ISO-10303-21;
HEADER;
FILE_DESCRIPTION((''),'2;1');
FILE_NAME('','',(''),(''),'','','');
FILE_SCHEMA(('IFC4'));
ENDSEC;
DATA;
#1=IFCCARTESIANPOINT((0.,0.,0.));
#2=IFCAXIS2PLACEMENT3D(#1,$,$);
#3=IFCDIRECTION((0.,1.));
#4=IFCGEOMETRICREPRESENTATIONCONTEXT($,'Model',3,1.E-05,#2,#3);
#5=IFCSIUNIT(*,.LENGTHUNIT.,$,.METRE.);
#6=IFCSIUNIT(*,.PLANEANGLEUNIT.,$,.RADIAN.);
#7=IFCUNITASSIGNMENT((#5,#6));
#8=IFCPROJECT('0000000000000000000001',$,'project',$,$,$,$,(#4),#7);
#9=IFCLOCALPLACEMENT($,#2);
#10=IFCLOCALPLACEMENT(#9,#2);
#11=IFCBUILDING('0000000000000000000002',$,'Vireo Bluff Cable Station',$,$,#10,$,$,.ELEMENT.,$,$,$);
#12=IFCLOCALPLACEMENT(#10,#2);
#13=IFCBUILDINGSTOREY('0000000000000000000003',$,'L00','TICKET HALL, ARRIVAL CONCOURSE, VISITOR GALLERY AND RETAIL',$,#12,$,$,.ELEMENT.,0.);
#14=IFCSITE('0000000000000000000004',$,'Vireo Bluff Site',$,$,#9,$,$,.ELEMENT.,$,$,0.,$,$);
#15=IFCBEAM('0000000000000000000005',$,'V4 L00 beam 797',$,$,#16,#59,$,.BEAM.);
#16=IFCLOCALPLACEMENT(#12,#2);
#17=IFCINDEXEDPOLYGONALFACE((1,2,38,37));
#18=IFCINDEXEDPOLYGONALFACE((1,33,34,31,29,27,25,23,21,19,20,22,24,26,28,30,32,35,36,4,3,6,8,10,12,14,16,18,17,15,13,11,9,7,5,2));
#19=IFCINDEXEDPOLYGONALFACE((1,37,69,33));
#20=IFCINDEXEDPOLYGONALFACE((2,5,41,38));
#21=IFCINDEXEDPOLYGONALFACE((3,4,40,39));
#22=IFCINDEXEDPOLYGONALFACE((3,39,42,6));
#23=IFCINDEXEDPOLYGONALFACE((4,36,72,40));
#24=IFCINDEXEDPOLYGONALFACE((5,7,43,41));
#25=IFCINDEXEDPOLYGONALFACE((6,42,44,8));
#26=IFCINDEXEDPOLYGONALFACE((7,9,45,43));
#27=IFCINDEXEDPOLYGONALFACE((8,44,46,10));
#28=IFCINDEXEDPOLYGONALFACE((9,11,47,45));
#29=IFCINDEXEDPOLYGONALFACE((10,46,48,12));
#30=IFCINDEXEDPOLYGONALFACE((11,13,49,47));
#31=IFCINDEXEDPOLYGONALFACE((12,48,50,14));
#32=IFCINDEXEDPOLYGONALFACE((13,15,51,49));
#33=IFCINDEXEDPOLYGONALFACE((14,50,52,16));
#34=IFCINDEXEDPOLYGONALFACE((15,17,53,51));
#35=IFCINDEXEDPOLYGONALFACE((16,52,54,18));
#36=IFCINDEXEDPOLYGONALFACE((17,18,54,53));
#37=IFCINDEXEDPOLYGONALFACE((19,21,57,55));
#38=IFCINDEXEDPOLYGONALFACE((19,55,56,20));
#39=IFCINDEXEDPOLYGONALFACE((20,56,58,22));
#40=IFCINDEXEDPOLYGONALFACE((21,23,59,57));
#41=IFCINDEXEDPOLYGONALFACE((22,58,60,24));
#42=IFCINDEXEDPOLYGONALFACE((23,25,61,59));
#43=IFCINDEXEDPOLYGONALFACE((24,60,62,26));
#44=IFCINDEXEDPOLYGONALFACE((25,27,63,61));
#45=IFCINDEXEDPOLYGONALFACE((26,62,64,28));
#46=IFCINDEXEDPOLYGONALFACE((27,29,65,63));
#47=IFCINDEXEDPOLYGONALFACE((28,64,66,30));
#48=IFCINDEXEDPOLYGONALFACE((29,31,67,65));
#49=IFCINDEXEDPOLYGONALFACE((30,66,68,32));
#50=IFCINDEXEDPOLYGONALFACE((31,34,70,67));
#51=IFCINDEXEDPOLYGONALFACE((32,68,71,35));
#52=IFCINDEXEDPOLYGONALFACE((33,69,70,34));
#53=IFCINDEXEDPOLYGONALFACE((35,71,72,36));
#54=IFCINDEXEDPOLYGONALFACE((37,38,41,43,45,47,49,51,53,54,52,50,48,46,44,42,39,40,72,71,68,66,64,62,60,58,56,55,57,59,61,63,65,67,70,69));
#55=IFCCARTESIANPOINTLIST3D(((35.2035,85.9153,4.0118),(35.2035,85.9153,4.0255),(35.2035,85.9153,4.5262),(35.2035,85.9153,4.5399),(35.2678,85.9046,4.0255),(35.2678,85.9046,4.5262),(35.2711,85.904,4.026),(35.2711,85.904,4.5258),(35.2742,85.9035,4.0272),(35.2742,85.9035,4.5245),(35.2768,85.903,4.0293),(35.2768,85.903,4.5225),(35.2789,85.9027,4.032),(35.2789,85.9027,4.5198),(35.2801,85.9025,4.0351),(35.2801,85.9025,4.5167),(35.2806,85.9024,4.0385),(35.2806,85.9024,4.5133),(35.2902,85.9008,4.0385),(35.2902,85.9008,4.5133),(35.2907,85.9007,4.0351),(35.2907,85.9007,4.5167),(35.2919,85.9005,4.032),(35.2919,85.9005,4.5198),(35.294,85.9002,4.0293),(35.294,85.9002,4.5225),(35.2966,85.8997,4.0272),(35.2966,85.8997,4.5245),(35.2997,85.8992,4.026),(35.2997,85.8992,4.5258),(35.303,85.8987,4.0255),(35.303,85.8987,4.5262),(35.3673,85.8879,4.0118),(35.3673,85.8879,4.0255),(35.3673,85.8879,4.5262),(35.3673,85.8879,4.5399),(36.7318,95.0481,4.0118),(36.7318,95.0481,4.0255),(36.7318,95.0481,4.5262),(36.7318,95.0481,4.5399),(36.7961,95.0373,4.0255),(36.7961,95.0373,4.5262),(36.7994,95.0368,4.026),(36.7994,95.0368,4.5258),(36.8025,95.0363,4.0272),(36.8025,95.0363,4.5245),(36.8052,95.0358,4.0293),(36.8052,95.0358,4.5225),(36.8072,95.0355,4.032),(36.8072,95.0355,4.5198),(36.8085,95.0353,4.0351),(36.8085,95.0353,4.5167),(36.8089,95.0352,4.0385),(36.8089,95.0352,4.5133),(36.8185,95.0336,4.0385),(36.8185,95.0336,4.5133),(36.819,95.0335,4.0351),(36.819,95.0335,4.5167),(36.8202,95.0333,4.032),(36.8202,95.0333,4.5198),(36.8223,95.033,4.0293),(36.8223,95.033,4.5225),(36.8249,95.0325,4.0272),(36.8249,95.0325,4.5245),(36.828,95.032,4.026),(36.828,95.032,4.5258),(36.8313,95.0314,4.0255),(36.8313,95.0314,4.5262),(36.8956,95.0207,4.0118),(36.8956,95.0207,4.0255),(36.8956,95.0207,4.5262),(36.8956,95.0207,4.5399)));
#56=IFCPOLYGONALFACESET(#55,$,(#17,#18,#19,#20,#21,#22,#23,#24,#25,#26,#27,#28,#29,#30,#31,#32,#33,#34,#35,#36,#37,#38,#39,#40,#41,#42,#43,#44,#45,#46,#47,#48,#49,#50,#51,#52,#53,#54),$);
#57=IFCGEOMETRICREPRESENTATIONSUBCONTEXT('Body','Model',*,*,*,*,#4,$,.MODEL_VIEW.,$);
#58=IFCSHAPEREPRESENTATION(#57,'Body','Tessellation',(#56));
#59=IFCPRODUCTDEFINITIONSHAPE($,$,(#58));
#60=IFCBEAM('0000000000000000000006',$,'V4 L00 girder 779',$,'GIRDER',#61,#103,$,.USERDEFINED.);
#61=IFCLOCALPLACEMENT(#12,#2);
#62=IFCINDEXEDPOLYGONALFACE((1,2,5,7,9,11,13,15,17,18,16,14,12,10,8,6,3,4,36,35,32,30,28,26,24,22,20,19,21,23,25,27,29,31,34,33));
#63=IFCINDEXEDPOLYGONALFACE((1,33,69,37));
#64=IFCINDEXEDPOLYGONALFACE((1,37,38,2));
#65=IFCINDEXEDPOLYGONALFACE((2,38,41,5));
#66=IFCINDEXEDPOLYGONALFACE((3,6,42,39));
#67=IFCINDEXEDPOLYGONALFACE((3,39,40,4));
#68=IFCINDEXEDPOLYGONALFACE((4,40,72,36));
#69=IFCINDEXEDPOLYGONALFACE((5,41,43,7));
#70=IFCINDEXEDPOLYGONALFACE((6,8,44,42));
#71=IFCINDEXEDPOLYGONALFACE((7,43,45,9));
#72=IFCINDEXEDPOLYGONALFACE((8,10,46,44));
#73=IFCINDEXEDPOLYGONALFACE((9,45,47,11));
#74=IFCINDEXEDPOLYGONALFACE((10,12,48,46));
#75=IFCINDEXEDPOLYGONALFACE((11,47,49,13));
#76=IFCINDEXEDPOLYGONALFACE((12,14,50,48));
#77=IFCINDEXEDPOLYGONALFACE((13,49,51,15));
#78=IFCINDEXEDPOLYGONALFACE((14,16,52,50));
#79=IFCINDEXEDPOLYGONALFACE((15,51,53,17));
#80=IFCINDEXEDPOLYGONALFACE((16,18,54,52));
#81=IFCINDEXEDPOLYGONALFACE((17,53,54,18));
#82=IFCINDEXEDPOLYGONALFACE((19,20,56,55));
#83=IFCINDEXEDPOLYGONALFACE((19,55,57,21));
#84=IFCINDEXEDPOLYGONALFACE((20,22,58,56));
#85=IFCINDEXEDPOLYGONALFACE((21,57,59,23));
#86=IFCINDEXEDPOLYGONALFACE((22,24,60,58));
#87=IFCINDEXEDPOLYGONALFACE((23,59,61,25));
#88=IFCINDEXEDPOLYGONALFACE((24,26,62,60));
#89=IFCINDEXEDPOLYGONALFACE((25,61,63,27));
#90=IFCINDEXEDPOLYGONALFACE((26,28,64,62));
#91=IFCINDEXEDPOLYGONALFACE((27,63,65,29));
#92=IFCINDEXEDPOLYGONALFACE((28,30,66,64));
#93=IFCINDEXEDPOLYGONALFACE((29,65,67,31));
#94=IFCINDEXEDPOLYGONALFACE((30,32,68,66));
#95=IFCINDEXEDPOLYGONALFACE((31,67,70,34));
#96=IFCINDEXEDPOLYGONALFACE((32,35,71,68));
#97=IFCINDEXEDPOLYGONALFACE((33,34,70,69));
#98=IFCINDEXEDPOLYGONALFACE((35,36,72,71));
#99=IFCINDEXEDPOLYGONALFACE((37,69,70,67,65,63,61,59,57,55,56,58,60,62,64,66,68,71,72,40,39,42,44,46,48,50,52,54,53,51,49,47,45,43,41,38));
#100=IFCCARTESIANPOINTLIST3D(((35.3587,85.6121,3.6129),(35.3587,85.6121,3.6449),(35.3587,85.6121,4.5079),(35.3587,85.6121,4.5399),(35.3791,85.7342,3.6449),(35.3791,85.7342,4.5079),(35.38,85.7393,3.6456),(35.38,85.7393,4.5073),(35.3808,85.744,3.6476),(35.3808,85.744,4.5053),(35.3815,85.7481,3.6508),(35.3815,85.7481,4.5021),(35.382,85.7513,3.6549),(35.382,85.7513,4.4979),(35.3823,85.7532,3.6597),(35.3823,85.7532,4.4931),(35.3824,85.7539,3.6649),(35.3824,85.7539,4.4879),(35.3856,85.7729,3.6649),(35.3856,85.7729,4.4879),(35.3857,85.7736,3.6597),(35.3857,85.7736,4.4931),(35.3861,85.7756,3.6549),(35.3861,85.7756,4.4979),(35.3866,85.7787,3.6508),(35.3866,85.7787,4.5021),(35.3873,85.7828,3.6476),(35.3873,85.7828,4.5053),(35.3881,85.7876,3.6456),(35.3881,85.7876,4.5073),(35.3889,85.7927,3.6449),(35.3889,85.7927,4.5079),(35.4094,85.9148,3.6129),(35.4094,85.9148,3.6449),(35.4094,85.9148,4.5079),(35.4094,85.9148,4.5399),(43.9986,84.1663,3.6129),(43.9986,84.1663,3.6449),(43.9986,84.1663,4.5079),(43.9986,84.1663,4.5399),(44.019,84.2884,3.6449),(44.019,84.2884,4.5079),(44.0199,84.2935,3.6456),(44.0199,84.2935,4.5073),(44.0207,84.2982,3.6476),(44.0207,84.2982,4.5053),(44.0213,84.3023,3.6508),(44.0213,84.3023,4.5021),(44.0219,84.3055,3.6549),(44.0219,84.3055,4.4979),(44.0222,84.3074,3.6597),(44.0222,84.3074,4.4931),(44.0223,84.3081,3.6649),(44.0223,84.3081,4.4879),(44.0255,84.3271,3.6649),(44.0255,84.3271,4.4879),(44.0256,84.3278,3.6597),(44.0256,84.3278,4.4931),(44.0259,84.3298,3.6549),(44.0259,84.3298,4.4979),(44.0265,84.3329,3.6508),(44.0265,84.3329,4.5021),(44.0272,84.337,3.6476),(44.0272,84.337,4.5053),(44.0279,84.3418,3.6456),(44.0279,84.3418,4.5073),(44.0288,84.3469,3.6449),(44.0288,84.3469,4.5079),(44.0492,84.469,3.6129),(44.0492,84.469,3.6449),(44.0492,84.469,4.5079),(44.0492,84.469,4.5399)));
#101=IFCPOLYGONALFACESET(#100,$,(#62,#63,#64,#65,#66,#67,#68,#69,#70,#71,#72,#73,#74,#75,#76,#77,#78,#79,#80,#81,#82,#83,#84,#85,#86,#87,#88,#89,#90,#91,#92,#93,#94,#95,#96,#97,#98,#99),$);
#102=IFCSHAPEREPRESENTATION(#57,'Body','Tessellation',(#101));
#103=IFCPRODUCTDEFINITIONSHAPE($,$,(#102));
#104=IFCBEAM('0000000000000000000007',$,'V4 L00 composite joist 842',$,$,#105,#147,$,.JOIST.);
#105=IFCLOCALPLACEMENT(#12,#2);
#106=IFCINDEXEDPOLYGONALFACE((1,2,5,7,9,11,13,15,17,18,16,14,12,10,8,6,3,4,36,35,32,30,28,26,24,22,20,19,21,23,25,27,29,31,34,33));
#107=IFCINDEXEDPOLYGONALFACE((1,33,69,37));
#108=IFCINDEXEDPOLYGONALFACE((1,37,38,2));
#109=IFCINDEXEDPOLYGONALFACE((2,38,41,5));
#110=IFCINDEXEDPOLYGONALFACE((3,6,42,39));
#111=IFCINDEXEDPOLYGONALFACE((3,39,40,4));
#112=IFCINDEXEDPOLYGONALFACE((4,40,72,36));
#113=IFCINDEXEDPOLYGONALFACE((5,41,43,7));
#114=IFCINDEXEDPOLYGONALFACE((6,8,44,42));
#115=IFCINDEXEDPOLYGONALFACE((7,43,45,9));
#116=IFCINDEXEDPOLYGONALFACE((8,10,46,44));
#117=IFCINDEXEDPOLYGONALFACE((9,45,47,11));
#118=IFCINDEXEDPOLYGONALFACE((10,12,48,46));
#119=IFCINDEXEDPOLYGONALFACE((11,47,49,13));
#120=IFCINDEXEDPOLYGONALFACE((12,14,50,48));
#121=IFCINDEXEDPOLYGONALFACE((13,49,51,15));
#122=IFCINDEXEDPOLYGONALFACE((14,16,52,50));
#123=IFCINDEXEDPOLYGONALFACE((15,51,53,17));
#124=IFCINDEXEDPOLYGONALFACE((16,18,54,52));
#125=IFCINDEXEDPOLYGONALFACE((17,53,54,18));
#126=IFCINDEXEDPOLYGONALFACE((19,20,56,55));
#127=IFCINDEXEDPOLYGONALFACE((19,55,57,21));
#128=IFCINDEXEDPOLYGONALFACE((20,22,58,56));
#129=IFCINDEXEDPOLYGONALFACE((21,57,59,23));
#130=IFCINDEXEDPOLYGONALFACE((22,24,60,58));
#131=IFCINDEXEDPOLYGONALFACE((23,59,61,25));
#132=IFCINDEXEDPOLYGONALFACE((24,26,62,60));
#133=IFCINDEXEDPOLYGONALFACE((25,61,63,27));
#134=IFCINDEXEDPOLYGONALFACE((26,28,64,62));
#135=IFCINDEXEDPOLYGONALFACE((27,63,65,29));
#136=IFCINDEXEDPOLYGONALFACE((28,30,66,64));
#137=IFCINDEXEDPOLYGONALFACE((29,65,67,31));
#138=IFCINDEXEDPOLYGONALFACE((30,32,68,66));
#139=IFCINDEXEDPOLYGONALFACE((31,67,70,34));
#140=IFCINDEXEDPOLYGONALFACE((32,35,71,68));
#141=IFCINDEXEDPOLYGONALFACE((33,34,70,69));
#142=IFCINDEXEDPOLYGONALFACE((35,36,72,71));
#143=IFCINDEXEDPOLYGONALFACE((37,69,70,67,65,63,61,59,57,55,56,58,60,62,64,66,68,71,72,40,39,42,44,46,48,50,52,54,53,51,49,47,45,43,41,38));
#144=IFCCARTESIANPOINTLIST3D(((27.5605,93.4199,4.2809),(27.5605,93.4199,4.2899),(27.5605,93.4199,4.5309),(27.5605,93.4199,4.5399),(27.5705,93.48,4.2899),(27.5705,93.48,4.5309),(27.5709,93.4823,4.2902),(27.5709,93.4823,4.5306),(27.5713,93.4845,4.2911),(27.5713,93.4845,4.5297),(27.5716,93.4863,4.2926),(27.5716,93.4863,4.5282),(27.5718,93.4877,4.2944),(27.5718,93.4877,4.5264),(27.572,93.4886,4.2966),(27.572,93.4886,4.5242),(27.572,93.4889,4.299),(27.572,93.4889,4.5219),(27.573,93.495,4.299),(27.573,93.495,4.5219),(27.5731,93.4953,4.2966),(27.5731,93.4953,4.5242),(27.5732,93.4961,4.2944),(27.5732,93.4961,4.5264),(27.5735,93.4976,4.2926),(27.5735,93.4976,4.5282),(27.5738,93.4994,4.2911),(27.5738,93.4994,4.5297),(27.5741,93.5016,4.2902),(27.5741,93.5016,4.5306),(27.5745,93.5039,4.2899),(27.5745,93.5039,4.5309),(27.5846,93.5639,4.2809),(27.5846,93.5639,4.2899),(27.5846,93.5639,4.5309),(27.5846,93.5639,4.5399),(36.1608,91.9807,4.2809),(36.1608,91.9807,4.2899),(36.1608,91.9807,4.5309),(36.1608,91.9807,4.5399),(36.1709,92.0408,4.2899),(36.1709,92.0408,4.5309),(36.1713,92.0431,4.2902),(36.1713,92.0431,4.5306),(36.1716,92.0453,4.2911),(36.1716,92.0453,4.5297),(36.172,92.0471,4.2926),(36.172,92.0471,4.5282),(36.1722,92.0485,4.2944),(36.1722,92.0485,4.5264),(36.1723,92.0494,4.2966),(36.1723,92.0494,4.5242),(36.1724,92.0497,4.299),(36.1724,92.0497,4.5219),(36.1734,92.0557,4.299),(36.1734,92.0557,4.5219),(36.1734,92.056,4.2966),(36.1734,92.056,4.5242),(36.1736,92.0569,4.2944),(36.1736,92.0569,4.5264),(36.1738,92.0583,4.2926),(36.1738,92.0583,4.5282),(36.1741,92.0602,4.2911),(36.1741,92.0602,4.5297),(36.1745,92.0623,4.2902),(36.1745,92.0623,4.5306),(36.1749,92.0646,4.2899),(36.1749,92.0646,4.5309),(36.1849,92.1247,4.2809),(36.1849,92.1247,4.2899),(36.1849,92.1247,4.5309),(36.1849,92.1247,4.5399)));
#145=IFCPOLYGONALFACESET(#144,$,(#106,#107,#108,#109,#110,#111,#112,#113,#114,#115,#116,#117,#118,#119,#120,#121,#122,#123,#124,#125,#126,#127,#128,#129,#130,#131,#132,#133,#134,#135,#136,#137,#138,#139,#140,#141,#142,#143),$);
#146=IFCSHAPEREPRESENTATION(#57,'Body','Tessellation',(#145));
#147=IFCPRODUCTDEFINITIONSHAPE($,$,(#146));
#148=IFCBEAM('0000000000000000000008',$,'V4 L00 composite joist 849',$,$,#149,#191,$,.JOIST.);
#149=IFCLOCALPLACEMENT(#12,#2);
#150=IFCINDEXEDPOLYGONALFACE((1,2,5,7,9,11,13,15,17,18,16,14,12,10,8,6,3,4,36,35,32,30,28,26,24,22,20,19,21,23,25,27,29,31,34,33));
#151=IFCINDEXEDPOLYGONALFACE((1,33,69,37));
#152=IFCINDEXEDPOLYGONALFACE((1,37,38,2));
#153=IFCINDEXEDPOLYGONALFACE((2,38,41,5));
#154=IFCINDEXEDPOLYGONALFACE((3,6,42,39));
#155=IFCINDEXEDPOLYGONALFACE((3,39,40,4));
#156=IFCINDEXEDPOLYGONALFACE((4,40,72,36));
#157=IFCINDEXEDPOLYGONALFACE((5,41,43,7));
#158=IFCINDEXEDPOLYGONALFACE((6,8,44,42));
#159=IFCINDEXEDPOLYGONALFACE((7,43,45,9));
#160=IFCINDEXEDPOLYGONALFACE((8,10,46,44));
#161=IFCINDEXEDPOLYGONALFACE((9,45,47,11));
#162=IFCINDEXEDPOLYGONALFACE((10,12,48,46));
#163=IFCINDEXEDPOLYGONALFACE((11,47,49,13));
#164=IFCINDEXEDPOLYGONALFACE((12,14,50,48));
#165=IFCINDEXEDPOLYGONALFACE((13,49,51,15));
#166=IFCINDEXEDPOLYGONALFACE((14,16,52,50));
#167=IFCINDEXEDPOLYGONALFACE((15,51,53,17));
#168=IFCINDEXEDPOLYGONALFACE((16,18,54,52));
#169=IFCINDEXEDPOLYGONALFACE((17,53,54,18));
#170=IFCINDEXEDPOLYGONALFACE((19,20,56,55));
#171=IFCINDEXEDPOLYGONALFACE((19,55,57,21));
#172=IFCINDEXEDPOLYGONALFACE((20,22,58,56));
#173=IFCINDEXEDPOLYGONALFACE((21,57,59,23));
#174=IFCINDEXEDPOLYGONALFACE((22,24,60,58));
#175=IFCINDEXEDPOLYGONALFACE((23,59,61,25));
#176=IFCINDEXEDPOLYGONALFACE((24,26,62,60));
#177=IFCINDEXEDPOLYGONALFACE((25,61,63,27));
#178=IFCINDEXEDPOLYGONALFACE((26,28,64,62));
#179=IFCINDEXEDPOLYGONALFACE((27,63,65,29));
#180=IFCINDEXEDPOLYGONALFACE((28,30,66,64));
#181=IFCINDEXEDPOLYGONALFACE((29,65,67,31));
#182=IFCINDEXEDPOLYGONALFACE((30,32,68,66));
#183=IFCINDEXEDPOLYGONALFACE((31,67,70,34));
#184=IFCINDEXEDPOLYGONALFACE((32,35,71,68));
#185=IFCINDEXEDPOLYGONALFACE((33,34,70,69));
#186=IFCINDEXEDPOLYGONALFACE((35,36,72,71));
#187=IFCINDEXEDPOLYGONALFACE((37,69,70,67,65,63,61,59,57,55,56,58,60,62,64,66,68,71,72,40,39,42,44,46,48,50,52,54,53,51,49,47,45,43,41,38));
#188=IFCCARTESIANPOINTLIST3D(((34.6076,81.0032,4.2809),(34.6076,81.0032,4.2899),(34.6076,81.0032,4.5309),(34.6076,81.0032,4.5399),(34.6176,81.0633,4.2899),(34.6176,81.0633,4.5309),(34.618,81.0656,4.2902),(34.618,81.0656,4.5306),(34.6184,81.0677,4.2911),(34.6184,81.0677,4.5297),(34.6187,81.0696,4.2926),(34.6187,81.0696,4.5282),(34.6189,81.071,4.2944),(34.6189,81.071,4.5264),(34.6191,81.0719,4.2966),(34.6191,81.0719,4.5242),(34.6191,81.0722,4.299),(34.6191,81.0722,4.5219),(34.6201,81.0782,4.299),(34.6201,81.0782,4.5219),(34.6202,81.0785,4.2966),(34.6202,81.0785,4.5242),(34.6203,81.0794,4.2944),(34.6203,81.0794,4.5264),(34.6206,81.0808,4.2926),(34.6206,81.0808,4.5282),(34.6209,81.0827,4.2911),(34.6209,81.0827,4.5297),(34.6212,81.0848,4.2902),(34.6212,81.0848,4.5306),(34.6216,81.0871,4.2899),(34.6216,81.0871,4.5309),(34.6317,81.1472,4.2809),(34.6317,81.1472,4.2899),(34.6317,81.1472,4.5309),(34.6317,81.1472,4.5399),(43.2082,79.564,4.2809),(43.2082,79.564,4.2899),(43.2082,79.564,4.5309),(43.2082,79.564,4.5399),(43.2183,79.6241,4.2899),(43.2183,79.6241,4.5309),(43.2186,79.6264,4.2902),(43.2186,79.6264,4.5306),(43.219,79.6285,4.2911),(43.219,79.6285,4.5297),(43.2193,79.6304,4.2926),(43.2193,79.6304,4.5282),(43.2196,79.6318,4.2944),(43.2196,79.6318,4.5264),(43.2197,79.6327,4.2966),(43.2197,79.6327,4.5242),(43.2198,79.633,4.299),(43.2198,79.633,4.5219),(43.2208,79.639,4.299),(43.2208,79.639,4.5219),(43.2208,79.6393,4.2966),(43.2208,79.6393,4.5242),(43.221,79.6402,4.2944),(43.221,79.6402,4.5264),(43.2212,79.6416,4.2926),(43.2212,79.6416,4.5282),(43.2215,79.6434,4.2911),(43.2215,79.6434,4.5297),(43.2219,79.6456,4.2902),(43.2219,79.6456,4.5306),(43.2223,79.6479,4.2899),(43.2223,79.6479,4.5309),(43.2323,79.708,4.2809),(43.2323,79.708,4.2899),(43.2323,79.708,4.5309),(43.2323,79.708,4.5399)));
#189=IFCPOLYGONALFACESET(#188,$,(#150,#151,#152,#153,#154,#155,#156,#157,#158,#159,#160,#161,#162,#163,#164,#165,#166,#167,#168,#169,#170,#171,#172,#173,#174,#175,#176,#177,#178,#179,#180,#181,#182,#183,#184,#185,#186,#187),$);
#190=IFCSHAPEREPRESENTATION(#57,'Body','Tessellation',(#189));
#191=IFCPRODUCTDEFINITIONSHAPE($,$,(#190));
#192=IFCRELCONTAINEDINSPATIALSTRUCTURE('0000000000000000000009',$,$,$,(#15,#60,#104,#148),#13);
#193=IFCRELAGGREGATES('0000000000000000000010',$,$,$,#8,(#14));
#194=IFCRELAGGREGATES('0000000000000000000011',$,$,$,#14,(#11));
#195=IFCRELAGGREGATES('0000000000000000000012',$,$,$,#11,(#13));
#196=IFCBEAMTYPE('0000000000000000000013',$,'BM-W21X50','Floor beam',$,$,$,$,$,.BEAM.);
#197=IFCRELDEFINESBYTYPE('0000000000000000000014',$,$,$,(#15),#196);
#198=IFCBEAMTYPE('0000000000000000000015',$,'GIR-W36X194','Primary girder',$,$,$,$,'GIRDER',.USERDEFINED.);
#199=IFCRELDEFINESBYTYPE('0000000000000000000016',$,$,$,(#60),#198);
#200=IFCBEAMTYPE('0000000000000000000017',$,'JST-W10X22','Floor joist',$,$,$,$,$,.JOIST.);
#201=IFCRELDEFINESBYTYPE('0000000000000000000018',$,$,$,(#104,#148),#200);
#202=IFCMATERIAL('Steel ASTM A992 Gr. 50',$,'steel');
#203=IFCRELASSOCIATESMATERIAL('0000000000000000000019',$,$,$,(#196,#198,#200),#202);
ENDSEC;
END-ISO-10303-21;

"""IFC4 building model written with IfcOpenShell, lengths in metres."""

from ifc_helpers import new_model, si_unit, direction, frame, origin, origin_2d, place, context, subcontext, project, spatial, i_section, extrude, material, material_profile, profile_set, type_object, element, save


model = new_model("IFC4")

# Units and contexts
model_context = context("Model", 3, precision=1e-05, world=origin(), true_north=direction((0.0, 1.0)))
body_context = subcontext(model_context, "Body", "Model", "MODEL_VIEW")
ifc_project = project(units=[si_unit("LENGTHUNIT", "METRE"), si_unit("PLANEANGLEUNIT", "RADIAN")], contexts=[model_context])

# Site, building, storey
site_placement = place(None, origin())
site = spatial("IfcSite", under=ifc_project, at=site_placement, Name="Vireo Bluff Site", CompositionType="ELEMENT", RefElevation=0.0)
building_placement = place(site_placement, origin())
building = spatial("IfcBuilding", under=site, at=building_placement, Name="Vireo Bluff Cable Station", CompositionType="ELEMENT")
storey_placement = place(building_placement, origin())
storey = spatial("IfcBuildingStorey", under=building, at=storey_placement, Name="L00", Description="TICKET HALL, ARRIVAL CONCOURSE, VISITOR GALLERY AND RETAIL", CompositionType="ELEMENT", Elevation=0.0)

# Shared definitions
ifc_material_1 = material(Name="Steel ASTM A992 Gr. 50", Category="steel")

# Beams
ifc_material_profile_1 = material_profile(ifc_material_1, i_section(OverallWidth=0.166, OverallDepth=0.5281, WebThickness=0.0098, FlangeThickness=0.0137, FilletRadius=0.0129, at=origin_2d()), Name="W21X50")
ifc_profile_set_1 = profile_set([ifc_material_profile_1], Name="Steel ASTM A992 Gr. 50")
beam_type_1 = type_object("IfcBeamType", Name="BM-W21X50", Description="Floor beam", PredefinedType="BEAM", material=ifc_profile_set_1)
beam_1_placement = place(storey_placement, frame((35.2854, 85.9016, 4.2759), z_axis=(0.165049, 0.986285, 0.0), x_axis=(-0.986285, 0.165049, 0.0)))
element("IfcBeam", 1, at=beam_1_placement, inside=storey, type_object=beam_type_1, Name="V4 L00 beam 797", PredefinedType="BEAM", context=body_context, shape_type="SweptSolid", body=[
    extrude(i_section(OverallWidth=0.166, OverallDepth=0.5281, WebThickness=0.0098, FlangeThickness=0.0137, FilletRadius=0.0129, at=origin_2d()), origin(), (0.0, 0.0, 1.0), 9.2598),
])
ifc_material_profile_2 = material_profile(ifc_material_1, i_section(OverallWidth=0.3069, OverallDepth=0.927, WebThickness=0.0193, FlangeThickness=0.032, FilletRadius=0.02, at=origin_2d()), Name="W36X194")
ifc_profile_set_2 = profile_set([ifc_material_profile_2], Name="Steel ASTM A992 Gr. 50")
beam_type_2 = type_object("IfcBeamType", Name="GIR-W36X194", Description="Primary girder", ElementType="GIRDER", PredefinedType="USERDEFINED", material=ifc_profile_set_2)
beam_2_placement = place(storey_placement, frame((35.384, 85.7634, 4.0764), z_axis=(0.986286, -0.165045, 0.0), x_axis=(0.165045, 0.986286, 0.0)))
element("IfcBeam", 2, at=beam_2_placement, inside=storey, type_object=beam_type_2, Name="V4 L00 girder 779", ObjectType="GIRDER", PredefinedType="USERDEFINED", context=body_context, shape_type="SweptSolid", body=[
    extrude(i_section(OverallWidth=0.3069, OverallDepth=0.927, WebThickness=0.0193, FlangeThickness=0.032, FilletRadius=0.02, at=origin_2d()), origin(), (0.0, 0.0, 1.0), 8.76),
])
ifc_material_profile_3 = material_profile(ifc_material_1, i_section(OverallWidth=0.146, OverallDepth=0.259, WebThickness=0.0061, FlangeThickness=0.009, FilletRadius=0.009, at=origin_2d()), Name="W10X22")
ifc_profile_set_3 = profile_set([ifc_material_profile_3], Name="Steel ASTM A992 Gr. 50")
beam_type_3 = type_object("IfcBeamType", Name="JST-W10X22", Description="Floor joist", PredefinedType="JOIST", material=ifc_profile_set_3)
beam_3_placement = place(storey_placement, frame((27.5725, 93.4919, 4.4104), z_axis=(0.986286, -0.165048, 0.0), x_axis=(0.165048, 0.986286, 0.0)))
element("IfcBeam", 3, at=beam_3_placement, inside=storey, type_object=beam_type_3, Name="V4 L00 composite joist 842", PredefinedType="JOIST", context=body_context, shape_type="SweptSolid", body=[
    extrude(i_section(OverallWidth=0.146, OverallDepth=0.259, WebThickness=0.0061, FlangeThickness=0.009, FilletRadius=0.009, at=origin_2d()), origin(), (0.0, 0.0, 1.0), 8.72),
])
beam_4_placement = place(storey_placement, frame((34.6196, 81.0752, 4.4104), z_axis=(0.986286, -0.165044, 0.0), x_axis=(0.165044, 0.986286, 0.0)))
element("IfcBeam", 4, at=beam_4_placement, inside=storey, type_object=beam_type_3, Name="V4 L00 composite joist 849", PredefinedType="JOIST", context=body_context, shape_type="SweptSolid", body=[
    extrude(i_section(OverallWidth=0.146, OverallDepth=0.259, WebThickness=0.0061, FlangeThickness=0.009, FilletRadius=0.009, at=origin_2d()), origin(), (0.0, 0.0, 1.0), 8.7202),
])

save(model, "model.ifc")
